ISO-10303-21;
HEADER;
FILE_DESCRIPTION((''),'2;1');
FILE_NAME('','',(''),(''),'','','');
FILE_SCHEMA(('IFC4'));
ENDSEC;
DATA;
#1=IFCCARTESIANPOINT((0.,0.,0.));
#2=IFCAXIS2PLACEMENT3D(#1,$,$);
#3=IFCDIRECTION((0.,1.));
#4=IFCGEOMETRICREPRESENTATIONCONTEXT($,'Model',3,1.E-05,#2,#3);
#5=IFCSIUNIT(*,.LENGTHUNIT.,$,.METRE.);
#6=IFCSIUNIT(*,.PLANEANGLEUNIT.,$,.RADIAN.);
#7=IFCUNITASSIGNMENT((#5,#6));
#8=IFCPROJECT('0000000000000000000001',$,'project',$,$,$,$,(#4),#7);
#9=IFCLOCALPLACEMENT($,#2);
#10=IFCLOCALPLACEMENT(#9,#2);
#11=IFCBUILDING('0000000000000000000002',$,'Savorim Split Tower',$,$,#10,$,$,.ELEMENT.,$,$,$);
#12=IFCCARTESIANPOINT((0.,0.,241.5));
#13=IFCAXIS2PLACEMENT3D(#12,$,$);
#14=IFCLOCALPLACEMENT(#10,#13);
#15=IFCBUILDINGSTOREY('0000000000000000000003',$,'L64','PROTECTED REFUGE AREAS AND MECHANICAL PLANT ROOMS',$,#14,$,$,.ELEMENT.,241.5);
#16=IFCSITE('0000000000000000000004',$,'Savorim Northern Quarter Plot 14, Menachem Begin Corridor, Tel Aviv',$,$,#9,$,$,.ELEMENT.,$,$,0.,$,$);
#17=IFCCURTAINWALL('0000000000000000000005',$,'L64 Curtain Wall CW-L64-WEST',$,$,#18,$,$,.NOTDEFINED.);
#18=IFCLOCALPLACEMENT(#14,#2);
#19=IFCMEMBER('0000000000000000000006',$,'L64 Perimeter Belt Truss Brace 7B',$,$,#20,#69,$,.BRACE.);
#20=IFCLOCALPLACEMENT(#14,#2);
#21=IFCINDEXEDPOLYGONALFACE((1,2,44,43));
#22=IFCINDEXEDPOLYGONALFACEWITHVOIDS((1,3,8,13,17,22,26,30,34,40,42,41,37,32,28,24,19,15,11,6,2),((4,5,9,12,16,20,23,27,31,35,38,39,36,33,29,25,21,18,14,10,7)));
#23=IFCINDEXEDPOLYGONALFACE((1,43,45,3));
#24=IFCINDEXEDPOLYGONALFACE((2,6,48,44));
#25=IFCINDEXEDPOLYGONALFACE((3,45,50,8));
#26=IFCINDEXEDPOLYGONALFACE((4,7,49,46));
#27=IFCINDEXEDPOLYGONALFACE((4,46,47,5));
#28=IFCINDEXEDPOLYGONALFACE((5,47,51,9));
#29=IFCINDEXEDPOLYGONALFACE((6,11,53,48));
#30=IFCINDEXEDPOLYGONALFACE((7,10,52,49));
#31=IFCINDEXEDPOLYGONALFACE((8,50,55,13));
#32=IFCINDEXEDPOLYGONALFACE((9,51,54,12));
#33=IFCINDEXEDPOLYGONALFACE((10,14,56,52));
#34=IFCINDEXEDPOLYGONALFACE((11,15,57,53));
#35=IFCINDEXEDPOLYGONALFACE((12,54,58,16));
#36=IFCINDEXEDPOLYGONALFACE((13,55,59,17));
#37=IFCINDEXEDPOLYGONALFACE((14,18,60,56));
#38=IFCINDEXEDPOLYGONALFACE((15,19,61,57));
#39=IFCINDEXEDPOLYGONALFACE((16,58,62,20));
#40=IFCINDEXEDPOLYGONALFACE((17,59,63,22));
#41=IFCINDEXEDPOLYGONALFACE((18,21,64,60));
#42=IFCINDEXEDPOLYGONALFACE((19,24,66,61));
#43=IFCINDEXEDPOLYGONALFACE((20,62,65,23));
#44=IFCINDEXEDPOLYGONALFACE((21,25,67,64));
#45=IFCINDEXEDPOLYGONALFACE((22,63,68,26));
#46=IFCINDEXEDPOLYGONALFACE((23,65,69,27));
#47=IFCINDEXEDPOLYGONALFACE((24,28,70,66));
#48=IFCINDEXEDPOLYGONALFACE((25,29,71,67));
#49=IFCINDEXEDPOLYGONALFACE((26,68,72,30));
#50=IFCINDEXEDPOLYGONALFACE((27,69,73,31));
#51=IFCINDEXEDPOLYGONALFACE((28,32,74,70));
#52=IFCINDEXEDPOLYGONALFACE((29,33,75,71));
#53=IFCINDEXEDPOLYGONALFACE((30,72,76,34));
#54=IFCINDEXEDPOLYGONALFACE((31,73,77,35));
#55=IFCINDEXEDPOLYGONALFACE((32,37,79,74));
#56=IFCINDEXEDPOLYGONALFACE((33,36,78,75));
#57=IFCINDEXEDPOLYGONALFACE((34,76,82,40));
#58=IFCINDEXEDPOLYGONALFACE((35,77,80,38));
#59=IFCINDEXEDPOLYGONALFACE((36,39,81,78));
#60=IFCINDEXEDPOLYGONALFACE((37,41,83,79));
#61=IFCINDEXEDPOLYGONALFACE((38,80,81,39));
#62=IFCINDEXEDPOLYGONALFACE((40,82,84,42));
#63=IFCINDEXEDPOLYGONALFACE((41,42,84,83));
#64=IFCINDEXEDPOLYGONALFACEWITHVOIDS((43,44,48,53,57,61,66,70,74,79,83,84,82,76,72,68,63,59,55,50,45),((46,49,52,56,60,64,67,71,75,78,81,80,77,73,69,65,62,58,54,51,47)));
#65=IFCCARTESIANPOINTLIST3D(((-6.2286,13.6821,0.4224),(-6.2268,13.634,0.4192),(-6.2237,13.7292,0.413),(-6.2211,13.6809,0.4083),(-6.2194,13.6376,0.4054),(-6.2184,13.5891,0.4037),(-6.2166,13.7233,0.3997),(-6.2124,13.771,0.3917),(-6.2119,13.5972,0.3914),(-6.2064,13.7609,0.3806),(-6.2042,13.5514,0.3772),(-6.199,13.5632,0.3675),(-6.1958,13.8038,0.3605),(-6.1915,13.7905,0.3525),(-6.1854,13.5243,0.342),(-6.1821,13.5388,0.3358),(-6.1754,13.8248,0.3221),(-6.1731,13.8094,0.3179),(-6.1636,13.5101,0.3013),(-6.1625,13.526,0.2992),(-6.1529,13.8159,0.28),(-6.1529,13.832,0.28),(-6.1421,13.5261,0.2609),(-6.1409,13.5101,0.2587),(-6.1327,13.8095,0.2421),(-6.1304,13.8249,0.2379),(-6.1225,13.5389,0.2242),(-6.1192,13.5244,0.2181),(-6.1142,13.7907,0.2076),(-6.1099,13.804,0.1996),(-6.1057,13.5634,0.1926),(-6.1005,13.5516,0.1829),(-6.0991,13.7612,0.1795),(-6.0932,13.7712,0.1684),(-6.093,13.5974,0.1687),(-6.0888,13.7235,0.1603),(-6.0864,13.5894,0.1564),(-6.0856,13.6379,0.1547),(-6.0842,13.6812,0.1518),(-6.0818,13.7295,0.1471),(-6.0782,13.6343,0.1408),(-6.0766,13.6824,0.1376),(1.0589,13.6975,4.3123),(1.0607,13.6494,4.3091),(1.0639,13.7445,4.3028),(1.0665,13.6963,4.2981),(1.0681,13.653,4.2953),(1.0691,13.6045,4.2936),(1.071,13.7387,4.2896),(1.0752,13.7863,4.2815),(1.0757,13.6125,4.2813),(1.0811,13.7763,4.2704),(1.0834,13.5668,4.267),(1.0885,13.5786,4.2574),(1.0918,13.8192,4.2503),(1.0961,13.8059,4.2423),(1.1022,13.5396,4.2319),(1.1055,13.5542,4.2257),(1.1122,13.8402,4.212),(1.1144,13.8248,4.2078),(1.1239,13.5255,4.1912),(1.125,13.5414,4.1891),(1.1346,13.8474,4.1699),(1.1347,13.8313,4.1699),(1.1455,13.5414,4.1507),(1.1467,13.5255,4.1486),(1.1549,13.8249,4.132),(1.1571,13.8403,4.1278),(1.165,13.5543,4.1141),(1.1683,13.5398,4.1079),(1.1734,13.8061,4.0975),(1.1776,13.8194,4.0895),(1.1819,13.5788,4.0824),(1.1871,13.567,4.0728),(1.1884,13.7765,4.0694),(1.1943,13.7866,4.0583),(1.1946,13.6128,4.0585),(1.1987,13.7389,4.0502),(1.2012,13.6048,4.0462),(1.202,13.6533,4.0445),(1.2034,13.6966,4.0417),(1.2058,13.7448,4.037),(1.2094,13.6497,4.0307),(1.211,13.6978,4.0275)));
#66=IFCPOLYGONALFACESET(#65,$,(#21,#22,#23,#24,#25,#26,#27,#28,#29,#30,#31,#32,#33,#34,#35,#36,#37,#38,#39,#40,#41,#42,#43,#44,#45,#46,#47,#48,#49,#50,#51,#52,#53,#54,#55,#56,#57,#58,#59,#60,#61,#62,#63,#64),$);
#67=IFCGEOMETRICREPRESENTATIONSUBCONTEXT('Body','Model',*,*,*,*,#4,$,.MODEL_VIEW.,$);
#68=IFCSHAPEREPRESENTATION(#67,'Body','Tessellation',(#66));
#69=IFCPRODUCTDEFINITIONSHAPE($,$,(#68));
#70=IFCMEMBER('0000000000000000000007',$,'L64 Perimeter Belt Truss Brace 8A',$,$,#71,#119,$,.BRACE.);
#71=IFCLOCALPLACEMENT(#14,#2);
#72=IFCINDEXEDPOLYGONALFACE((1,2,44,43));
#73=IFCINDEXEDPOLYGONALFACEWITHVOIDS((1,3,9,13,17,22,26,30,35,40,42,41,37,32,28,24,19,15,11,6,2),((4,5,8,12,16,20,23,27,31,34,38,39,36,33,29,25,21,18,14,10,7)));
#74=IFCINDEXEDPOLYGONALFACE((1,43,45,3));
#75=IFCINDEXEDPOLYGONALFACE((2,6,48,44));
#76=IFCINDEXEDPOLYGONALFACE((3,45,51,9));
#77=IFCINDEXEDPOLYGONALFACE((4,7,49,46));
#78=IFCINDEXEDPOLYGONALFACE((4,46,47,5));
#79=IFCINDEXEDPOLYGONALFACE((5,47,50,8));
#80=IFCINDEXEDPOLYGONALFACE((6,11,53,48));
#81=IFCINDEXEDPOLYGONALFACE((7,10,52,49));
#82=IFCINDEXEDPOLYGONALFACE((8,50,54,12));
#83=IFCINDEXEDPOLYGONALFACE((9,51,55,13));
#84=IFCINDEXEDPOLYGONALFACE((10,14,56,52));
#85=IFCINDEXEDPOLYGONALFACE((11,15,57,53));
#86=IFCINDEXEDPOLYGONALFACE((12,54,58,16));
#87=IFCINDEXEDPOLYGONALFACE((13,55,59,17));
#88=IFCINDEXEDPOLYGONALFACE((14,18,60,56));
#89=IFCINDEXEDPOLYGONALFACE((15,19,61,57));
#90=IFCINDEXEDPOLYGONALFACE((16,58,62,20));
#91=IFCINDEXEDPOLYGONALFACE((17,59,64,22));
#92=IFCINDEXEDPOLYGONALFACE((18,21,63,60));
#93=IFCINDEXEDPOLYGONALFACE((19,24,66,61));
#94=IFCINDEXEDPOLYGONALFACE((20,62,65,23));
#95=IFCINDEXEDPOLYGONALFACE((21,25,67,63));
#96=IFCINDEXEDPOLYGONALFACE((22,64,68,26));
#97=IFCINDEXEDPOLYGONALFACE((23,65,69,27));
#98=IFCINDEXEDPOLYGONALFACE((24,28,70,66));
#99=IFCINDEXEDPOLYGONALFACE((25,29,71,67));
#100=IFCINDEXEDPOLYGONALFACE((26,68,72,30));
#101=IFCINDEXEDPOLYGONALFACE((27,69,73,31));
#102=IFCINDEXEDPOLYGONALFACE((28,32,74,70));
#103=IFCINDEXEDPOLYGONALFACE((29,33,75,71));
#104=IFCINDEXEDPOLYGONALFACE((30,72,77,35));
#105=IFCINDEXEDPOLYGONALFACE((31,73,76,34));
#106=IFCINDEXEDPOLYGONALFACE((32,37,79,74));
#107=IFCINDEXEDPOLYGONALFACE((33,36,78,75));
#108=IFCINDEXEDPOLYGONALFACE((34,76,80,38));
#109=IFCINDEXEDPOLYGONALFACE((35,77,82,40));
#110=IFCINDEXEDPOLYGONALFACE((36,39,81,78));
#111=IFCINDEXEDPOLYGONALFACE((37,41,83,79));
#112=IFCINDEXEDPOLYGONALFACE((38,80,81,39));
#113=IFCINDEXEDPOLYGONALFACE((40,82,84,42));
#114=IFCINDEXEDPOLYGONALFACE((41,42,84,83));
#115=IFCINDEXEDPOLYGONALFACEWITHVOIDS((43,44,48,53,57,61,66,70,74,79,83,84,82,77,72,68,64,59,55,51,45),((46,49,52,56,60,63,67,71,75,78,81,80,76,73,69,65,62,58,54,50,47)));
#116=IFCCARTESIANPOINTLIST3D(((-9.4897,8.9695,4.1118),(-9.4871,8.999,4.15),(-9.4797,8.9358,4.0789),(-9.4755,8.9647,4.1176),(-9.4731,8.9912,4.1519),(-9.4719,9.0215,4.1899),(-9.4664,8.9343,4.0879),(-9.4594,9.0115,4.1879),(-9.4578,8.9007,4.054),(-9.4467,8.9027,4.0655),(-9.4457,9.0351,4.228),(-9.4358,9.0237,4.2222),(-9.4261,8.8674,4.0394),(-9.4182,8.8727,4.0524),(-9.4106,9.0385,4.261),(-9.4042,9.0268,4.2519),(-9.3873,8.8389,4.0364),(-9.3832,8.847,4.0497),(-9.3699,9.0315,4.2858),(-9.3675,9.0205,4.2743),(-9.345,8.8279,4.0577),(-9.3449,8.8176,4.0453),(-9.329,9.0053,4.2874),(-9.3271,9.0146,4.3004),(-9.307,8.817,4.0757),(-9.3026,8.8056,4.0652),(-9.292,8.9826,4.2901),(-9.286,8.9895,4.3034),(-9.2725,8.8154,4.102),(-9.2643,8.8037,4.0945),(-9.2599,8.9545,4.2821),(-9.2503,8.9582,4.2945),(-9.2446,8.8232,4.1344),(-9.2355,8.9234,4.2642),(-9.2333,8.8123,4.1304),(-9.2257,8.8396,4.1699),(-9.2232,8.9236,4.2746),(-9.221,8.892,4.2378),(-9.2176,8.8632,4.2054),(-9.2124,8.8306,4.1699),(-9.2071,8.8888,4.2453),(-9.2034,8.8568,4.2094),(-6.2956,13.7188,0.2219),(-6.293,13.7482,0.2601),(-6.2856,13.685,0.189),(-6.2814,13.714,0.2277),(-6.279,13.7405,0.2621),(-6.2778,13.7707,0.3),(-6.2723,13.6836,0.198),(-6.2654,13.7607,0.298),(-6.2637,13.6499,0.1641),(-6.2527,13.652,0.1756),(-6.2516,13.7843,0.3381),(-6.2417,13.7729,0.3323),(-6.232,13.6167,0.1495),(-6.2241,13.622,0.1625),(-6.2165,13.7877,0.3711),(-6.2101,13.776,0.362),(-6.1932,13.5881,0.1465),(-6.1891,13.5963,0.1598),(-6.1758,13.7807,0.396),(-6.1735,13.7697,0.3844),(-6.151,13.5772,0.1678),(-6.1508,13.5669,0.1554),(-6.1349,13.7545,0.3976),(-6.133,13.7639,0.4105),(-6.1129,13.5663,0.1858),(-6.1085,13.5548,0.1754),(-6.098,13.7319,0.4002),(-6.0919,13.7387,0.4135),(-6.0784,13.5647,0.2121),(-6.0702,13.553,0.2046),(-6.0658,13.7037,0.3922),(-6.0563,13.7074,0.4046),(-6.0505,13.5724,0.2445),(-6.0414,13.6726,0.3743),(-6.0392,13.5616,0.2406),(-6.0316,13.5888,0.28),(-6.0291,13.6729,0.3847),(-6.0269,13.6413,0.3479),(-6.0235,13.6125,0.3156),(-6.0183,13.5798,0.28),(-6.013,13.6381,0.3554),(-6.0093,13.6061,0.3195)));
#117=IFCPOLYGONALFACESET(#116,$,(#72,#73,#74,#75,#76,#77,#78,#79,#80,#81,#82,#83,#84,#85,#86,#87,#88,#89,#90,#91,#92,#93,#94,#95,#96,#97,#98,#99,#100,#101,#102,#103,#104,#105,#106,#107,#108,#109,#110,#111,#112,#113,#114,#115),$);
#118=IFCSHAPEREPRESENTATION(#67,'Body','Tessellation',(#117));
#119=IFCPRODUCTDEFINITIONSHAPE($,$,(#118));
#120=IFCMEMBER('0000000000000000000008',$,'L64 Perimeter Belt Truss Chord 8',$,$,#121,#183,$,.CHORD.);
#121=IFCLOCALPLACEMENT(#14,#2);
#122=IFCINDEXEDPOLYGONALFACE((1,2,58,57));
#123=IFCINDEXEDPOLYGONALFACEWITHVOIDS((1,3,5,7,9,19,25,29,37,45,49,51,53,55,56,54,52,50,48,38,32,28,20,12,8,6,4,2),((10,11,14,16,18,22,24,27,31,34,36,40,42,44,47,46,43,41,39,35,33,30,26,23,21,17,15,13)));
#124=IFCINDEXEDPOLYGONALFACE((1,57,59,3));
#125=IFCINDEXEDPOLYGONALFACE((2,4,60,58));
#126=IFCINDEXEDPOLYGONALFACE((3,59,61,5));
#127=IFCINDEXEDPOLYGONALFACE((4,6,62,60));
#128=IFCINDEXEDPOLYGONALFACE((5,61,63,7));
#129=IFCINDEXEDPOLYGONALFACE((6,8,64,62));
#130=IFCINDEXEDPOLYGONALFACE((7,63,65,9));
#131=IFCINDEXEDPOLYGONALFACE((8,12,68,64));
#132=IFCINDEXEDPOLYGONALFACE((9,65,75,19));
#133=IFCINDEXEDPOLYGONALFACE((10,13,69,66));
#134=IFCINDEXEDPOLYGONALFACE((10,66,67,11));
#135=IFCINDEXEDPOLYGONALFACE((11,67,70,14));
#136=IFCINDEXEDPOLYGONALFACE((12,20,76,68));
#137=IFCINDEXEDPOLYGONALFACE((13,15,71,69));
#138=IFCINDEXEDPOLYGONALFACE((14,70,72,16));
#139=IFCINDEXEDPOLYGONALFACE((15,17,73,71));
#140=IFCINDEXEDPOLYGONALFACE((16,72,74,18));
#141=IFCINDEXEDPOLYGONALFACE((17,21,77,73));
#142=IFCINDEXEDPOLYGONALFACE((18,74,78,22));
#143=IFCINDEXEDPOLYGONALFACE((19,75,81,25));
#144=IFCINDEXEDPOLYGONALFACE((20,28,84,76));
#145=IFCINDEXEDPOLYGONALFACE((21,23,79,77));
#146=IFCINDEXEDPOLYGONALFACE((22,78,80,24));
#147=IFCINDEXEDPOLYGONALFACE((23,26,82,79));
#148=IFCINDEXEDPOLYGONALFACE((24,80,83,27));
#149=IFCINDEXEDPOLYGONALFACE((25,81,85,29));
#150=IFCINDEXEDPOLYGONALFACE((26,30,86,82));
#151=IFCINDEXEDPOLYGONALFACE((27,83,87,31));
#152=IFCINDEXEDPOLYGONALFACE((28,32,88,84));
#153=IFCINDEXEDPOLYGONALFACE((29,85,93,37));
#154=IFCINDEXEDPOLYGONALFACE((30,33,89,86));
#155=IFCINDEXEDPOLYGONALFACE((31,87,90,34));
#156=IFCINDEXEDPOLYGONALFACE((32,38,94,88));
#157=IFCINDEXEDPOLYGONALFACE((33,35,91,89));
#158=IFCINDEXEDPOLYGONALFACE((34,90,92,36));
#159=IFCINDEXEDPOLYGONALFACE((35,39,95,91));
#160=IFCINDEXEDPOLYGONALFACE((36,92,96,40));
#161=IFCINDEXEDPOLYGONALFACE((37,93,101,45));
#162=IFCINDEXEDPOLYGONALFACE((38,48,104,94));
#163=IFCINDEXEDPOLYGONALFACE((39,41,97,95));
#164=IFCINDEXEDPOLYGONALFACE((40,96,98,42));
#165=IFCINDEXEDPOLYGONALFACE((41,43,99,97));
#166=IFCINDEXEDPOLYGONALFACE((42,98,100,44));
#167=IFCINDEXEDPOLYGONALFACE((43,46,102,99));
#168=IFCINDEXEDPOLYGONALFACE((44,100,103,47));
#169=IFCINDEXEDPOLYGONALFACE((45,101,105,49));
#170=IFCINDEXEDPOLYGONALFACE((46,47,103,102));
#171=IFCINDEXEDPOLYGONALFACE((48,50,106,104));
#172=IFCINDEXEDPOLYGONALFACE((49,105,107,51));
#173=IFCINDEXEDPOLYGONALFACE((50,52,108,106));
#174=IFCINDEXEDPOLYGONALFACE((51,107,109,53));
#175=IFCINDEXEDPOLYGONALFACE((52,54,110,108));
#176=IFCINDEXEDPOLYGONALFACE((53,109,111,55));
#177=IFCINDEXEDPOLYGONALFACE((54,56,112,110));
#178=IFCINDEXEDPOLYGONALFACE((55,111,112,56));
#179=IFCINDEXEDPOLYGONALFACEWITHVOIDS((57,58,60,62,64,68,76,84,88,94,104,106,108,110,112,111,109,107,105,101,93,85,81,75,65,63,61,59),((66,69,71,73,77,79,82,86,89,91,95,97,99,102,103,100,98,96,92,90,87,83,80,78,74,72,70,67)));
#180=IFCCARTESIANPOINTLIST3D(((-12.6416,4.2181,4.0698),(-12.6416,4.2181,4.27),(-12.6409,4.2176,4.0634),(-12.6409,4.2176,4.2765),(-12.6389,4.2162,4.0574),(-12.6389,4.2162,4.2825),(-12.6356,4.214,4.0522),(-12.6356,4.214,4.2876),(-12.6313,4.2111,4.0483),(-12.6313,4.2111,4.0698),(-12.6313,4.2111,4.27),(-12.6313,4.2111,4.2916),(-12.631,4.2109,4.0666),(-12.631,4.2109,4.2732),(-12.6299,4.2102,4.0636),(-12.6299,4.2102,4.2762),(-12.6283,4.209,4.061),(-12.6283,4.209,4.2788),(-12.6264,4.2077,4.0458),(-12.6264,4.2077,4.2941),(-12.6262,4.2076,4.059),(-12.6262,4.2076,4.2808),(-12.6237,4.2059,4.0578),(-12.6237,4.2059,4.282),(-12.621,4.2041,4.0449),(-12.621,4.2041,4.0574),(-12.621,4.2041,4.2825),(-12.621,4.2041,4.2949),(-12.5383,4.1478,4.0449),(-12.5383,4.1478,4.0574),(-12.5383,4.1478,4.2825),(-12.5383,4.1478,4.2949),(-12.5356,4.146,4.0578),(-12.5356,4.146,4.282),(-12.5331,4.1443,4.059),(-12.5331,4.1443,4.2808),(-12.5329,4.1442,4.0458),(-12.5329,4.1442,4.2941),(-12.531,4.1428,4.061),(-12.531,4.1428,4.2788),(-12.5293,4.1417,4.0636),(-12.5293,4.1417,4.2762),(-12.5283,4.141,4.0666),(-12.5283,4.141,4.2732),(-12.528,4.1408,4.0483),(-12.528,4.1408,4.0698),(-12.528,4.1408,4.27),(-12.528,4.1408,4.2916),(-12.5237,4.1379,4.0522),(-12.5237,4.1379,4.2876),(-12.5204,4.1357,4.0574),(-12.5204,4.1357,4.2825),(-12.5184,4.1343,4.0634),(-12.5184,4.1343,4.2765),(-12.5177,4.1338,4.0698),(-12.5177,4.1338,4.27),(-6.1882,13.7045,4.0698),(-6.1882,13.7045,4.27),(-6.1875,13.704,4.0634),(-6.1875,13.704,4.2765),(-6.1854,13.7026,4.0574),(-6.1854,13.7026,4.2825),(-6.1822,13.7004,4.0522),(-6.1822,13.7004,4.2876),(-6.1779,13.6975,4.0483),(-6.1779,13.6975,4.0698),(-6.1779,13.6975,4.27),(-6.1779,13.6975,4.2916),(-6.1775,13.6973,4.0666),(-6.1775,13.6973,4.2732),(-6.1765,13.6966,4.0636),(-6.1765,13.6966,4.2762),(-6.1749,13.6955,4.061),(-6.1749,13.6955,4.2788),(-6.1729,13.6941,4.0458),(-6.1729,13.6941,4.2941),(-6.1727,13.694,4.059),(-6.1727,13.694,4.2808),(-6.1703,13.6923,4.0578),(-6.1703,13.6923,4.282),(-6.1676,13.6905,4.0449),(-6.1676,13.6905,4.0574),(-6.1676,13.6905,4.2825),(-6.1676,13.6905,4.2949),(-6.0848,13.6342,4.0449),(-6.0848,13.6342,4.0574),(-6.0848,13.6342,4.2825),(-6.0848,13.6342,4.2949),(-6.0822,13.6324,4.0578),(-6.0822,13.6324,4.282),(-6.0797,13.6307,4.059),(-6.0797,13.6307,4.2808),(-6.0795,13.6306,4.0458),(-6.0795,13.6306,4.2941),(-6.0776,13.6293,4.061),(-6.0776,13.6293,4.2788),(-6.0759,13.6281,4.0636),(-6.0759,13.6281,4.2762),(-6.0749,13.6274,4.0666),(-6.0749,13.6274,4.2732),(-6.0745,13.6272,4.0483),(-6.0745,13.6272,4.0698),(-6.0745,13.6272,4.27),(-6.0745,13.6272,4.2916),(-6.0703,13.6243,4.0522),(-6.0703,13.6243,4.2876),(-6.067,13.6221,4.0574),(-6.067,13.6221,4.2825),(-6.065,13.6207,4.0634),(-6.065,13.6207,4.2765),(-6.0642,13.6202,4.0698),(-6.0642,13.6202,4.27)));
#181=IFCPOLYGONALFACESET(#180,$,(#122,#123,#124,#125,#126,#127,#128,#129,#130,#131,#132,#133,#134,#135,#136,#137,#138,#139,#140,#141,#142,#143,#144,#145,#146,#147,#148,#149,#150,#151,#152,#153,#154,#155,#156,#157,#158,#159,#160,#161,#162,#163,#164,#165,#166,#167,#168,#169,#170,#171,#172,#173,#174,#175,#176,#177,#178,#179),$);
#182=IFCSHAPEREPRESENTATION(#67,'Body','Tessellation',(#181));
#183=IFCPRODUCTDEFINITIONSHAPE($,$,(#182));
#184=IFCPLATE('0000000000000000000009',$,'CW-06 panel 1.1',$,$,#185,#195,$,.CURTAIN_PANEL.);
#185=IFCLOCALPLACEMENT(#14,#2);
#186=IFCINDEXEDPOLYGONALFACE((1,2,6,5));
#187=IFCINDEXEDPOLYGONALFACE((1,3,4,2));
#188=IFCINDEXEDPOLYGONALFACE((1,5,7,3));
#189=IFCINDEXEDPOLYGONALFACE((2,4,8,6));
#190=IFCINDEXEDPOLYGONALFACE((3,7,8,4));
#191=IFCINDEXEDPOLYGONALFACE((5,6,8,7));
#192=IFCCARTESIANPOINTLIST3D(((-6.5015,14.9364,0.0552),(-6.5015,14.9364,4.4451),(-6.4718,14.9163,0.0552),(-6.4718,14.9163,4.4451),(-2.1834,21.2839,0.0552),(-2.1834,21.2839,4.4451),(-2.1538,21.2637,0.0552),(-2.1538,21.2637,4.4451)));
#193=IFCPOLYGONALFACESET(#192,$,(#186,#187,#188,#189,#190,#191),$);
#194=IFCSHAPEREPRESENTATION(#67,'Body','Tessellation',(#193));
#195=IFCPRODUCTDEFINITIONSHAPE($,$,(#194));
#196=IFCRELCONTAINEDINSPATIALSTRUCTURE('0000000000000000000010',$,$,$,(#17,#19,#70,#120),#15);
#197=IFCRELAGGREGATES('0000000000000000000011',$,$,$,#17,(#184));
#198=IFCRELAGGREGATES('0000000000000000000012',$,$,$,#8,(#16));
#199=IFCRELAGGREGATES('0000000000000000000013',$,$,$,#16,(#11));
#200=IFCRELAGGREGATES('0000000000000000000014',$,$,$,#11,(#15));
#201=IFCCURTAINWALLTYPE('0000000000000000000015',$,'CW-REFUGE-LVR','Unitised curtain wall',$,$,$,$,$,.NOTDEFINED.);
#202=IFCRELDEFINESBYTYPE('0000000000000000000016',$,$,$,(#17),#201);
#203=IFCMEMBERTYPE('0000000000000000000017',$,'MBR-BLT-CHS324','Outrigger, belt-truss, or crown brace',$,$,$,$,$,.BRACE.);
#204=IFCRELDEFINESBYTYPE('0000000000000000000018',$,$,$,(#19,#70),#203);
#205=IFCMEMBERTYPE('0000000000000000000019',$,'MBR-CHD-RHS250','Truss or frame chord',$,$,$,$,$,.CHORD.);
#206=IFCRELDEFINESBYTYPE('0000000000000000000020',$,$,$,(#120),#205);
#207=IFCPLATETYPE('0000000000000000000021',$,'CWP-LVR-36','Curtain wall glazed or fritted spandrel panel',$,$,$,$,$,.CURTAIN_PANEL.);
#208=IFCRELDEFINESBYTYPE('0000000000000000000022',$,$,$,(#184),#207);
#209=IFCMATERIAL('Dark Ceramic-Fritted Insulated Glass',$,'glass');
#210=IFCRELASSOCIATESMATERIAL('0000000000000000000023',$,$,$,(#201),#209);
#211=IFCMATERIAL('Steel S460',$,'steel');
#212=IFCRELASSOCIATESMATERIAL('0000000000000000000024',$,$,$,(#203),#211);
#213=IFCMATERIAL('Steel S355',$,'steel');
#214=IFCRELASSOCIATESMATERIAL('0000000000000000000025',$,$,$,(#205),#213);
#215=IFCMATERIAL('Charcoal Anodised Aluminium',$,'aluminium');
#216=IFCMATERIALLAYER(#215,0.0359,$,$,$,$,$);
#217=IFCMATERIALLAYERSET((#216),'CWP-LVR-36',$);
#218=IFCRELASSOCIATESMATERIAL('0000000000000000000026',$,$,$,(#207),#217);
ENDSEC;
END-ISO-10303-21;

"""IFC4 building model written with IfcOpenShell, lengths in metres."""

from ifc_helpers import new_model, si_unit, direction, frame, origin, origin_2d, place, context, subcontext, project, spatial, rectangle, hollow_rectangle, hollow_circle, extrude, material, layer, layer_set, material_profile, profile_set, type_object, element, aggregate, save


model = new_model("IFC4")

# Units and contexts
model_context = context("Model", 3, precision=1e-05, world=origin(), true_north=direction((0.0, 1.0)))
body_context = subcontext(model_context, "Body", "Model", "MODEL_VIEW")
ifc_project = project(units=[si_unit("LENGTHUNIT", "METRE"), si_unit("PLANEANGLEUNIT", "RADIAN")], contexts=[model_context])

# Site, building, storey
site_placement = place(None, origin())
site = spatial("IfcSite", under=ifc_project, at=site_placement, Name="Savorim Northern Quarter Plot 14, Menachem Begin Corridor, Tel Aviv", CompositionType="ELEMENT", RefElevation=0.0)
building_placement = place(site_placement, origin())
building = spatial("IfcBuilding", under=site, at=building_placement, Name="Savorim Split Tower", CompositionType="ELEMENT")
storey_placement = place(building_placement, frame((0.0, 0.0, 241.5)))
storey = spatial("IfcBuildingStorey", under=building, at=storey_placement, Name="L64", Description="PROTECTED REFUGE AREAS AND MECHANICAL PLANT ROOMS", CompositionType="ELEMENT", Elevation=241.5)

# Shared definitions
ifc_material_1 = material(Name="Steel S355", Category="steel")

# Curtain wall
ifc_material_2 = material(Name="Dark Ceramic-Fritted Insulated Glass", Category="glass")
curtain_wall_type = type_object("IfcCurtainWallType", Name="CW-REFUGE-LVR", Description="Unitised curtain wall", PredefinedType="NOTDEFINED", material=ifc_material_2)
curtain_wall_placement = place(storey_placement, origin())
curtain_wall = element("IfcCurtainWall", 1, at=curtain_wall_placement, inside=storey, type_object=curtain_wall_type, Name="L64 Curtain Wall CW-L64-WEST", PredefinedType="NOTDEFINED")
ifc_material_3 = material(Name="Charcoal Anodised Aluminium", Category="aluminium")

# Members
ifc_material_4 = material(Name="Steel S460", Category="steel")
ifc_material_profile_1 = material_profile(ifc_material_4, hollow_circle(Radius=0.1619, WallThickness=0.0161, at=origin_2d()), Name="CHS 323.9x16")
ifc_profile_set_1 = profile_set([ifc_material_profile_1], Name="Steel S460")
member_type_1 = type_object("IfcMemberType", Name="MBR-BLT-CHS324", Description="Outrigger, belt-truss, or crown brace", PredefinedType="BRACE", material=ifc_profile_set_1)
member_1_placement = place(storey_placement, frame((-6.1526, 13.6702, 0.28), z_axis=(0.882192, 0.001862, 0.470887), x_axis=(-0.002111, 0.999998, 0.0)))
element("IfcMember", 2, at=member_1_placement, inside=storey, type_object=member_type_1, Name="L64 Perimeter Belt Truss Brace 7B", PredefinedType="BRACE", context=body_context, shape_type="SweptSolid", body=[
    extrude(hollow_circle(Radius=0.1619, WallThickness=0.0161, at=origin_2d()), origin(), (0.0, 0.0, 1.0), 8.2607),
])
member_2_placement = place(storey_placement, frame((-6.1526, 13.6702, 0.28), z_axis=(-0.461561, -0.686292, 0.562108), x_axis=(0.829793, -0.558072, 0.0)))
element("IfcMember", 3, at=member_2_placement, inside=storey, type_object=member_type_1, Name="L64 Perimeter Belt Truss Brace 8A", PredefinedType="BRACE", context=body_context, shape_type="SweptSolid", body=[
    extrude(hollow_circle(Radius=0.1619, WallThickness=0.0161, at=origin_2d()), origin(), (0.0, 0.0, 1.0), 6.9202),
])
ifc_material_profile_2 = material_profile(ifc_material_1, hollow_rectangle(XDim=0.1499, YDim=0.25, WallThickness=0.0125, InnerFilletRadius=0.0125, OuterFilletRadius=0.0249, at=origin_2d()), Name="RHS 250x150x12.5")
ifc_profile_set_2 = profile_set([ifc_material_profile_2], Name="Steel S355")
member_type_2 = type_object("IfcMemberType", Name="MBR-CHD-RHS250", Description="Truss or frame chord", PredefinedType="CHORD", material=ifc_profile_set_2)
member_3_placement = place(storey_placement, frame((-6.1262, 13.6624, 4.1699), z_axis=(-0.562469, -0.826818, 0.0), x_axis=(0.826818, -0.562469, 0.0)))
element("IfcMember", 4, at=member_3_placement, inside=storey, type_object=member_type_2, Name="L64 Perimeter Belt Truss Chord 8", PredefinedType="CHORD", context=body_context, shape_type="SweptSolid", body=[
    extrude(hollow_rectangle(XDim=0.1499, YDim=0.25, WallThickness=0.0125, InnerFilletRadius=0.0125, OuterFilletRadius=0.0249, at=origin_2d()), origin(), (0.0, 0.0, 1.0), 11.4734),
])

# Plate
ifc_layer_1 = layer(ifc_material_3, 0.0359)
ifc_layer_set_1 = layer_set([ifc_layer_1], Name="CWP-LVR-36")
plate_type_1 = type_object("IfcPlateType", Name="CWP-LVR-36", Description="Curtain wall glazed or fritted spandrel panel", PredefinedType="CURTAIN_PANEL", material=ifc_layer_set_1)
plate_1_placement = place(storey_placement, frame((-4.3276, 18.1001, 0.0552), z_axis=(0.0, 0.0, 1.0), x_axis=(-0.562469, -0.826818, 0.0)))
plate_1 = element("IfcPlate", 5, at=plate_1_placement, type_object=plate_type_1, Name="CW-06 panel 1.1", PredefinedType="CURTAIN_PANEL", context=body_context, shape_type="SweptSolid", body=[
    extrude(rectangle(XDim=7.677, YDim=0.0359, at=origin_2d()), origin(), (0.0, 0.0, 1.0), 4.3899),
])
aggregate(curtain_wall, [plate_1])

save(model, "model.ifc")
